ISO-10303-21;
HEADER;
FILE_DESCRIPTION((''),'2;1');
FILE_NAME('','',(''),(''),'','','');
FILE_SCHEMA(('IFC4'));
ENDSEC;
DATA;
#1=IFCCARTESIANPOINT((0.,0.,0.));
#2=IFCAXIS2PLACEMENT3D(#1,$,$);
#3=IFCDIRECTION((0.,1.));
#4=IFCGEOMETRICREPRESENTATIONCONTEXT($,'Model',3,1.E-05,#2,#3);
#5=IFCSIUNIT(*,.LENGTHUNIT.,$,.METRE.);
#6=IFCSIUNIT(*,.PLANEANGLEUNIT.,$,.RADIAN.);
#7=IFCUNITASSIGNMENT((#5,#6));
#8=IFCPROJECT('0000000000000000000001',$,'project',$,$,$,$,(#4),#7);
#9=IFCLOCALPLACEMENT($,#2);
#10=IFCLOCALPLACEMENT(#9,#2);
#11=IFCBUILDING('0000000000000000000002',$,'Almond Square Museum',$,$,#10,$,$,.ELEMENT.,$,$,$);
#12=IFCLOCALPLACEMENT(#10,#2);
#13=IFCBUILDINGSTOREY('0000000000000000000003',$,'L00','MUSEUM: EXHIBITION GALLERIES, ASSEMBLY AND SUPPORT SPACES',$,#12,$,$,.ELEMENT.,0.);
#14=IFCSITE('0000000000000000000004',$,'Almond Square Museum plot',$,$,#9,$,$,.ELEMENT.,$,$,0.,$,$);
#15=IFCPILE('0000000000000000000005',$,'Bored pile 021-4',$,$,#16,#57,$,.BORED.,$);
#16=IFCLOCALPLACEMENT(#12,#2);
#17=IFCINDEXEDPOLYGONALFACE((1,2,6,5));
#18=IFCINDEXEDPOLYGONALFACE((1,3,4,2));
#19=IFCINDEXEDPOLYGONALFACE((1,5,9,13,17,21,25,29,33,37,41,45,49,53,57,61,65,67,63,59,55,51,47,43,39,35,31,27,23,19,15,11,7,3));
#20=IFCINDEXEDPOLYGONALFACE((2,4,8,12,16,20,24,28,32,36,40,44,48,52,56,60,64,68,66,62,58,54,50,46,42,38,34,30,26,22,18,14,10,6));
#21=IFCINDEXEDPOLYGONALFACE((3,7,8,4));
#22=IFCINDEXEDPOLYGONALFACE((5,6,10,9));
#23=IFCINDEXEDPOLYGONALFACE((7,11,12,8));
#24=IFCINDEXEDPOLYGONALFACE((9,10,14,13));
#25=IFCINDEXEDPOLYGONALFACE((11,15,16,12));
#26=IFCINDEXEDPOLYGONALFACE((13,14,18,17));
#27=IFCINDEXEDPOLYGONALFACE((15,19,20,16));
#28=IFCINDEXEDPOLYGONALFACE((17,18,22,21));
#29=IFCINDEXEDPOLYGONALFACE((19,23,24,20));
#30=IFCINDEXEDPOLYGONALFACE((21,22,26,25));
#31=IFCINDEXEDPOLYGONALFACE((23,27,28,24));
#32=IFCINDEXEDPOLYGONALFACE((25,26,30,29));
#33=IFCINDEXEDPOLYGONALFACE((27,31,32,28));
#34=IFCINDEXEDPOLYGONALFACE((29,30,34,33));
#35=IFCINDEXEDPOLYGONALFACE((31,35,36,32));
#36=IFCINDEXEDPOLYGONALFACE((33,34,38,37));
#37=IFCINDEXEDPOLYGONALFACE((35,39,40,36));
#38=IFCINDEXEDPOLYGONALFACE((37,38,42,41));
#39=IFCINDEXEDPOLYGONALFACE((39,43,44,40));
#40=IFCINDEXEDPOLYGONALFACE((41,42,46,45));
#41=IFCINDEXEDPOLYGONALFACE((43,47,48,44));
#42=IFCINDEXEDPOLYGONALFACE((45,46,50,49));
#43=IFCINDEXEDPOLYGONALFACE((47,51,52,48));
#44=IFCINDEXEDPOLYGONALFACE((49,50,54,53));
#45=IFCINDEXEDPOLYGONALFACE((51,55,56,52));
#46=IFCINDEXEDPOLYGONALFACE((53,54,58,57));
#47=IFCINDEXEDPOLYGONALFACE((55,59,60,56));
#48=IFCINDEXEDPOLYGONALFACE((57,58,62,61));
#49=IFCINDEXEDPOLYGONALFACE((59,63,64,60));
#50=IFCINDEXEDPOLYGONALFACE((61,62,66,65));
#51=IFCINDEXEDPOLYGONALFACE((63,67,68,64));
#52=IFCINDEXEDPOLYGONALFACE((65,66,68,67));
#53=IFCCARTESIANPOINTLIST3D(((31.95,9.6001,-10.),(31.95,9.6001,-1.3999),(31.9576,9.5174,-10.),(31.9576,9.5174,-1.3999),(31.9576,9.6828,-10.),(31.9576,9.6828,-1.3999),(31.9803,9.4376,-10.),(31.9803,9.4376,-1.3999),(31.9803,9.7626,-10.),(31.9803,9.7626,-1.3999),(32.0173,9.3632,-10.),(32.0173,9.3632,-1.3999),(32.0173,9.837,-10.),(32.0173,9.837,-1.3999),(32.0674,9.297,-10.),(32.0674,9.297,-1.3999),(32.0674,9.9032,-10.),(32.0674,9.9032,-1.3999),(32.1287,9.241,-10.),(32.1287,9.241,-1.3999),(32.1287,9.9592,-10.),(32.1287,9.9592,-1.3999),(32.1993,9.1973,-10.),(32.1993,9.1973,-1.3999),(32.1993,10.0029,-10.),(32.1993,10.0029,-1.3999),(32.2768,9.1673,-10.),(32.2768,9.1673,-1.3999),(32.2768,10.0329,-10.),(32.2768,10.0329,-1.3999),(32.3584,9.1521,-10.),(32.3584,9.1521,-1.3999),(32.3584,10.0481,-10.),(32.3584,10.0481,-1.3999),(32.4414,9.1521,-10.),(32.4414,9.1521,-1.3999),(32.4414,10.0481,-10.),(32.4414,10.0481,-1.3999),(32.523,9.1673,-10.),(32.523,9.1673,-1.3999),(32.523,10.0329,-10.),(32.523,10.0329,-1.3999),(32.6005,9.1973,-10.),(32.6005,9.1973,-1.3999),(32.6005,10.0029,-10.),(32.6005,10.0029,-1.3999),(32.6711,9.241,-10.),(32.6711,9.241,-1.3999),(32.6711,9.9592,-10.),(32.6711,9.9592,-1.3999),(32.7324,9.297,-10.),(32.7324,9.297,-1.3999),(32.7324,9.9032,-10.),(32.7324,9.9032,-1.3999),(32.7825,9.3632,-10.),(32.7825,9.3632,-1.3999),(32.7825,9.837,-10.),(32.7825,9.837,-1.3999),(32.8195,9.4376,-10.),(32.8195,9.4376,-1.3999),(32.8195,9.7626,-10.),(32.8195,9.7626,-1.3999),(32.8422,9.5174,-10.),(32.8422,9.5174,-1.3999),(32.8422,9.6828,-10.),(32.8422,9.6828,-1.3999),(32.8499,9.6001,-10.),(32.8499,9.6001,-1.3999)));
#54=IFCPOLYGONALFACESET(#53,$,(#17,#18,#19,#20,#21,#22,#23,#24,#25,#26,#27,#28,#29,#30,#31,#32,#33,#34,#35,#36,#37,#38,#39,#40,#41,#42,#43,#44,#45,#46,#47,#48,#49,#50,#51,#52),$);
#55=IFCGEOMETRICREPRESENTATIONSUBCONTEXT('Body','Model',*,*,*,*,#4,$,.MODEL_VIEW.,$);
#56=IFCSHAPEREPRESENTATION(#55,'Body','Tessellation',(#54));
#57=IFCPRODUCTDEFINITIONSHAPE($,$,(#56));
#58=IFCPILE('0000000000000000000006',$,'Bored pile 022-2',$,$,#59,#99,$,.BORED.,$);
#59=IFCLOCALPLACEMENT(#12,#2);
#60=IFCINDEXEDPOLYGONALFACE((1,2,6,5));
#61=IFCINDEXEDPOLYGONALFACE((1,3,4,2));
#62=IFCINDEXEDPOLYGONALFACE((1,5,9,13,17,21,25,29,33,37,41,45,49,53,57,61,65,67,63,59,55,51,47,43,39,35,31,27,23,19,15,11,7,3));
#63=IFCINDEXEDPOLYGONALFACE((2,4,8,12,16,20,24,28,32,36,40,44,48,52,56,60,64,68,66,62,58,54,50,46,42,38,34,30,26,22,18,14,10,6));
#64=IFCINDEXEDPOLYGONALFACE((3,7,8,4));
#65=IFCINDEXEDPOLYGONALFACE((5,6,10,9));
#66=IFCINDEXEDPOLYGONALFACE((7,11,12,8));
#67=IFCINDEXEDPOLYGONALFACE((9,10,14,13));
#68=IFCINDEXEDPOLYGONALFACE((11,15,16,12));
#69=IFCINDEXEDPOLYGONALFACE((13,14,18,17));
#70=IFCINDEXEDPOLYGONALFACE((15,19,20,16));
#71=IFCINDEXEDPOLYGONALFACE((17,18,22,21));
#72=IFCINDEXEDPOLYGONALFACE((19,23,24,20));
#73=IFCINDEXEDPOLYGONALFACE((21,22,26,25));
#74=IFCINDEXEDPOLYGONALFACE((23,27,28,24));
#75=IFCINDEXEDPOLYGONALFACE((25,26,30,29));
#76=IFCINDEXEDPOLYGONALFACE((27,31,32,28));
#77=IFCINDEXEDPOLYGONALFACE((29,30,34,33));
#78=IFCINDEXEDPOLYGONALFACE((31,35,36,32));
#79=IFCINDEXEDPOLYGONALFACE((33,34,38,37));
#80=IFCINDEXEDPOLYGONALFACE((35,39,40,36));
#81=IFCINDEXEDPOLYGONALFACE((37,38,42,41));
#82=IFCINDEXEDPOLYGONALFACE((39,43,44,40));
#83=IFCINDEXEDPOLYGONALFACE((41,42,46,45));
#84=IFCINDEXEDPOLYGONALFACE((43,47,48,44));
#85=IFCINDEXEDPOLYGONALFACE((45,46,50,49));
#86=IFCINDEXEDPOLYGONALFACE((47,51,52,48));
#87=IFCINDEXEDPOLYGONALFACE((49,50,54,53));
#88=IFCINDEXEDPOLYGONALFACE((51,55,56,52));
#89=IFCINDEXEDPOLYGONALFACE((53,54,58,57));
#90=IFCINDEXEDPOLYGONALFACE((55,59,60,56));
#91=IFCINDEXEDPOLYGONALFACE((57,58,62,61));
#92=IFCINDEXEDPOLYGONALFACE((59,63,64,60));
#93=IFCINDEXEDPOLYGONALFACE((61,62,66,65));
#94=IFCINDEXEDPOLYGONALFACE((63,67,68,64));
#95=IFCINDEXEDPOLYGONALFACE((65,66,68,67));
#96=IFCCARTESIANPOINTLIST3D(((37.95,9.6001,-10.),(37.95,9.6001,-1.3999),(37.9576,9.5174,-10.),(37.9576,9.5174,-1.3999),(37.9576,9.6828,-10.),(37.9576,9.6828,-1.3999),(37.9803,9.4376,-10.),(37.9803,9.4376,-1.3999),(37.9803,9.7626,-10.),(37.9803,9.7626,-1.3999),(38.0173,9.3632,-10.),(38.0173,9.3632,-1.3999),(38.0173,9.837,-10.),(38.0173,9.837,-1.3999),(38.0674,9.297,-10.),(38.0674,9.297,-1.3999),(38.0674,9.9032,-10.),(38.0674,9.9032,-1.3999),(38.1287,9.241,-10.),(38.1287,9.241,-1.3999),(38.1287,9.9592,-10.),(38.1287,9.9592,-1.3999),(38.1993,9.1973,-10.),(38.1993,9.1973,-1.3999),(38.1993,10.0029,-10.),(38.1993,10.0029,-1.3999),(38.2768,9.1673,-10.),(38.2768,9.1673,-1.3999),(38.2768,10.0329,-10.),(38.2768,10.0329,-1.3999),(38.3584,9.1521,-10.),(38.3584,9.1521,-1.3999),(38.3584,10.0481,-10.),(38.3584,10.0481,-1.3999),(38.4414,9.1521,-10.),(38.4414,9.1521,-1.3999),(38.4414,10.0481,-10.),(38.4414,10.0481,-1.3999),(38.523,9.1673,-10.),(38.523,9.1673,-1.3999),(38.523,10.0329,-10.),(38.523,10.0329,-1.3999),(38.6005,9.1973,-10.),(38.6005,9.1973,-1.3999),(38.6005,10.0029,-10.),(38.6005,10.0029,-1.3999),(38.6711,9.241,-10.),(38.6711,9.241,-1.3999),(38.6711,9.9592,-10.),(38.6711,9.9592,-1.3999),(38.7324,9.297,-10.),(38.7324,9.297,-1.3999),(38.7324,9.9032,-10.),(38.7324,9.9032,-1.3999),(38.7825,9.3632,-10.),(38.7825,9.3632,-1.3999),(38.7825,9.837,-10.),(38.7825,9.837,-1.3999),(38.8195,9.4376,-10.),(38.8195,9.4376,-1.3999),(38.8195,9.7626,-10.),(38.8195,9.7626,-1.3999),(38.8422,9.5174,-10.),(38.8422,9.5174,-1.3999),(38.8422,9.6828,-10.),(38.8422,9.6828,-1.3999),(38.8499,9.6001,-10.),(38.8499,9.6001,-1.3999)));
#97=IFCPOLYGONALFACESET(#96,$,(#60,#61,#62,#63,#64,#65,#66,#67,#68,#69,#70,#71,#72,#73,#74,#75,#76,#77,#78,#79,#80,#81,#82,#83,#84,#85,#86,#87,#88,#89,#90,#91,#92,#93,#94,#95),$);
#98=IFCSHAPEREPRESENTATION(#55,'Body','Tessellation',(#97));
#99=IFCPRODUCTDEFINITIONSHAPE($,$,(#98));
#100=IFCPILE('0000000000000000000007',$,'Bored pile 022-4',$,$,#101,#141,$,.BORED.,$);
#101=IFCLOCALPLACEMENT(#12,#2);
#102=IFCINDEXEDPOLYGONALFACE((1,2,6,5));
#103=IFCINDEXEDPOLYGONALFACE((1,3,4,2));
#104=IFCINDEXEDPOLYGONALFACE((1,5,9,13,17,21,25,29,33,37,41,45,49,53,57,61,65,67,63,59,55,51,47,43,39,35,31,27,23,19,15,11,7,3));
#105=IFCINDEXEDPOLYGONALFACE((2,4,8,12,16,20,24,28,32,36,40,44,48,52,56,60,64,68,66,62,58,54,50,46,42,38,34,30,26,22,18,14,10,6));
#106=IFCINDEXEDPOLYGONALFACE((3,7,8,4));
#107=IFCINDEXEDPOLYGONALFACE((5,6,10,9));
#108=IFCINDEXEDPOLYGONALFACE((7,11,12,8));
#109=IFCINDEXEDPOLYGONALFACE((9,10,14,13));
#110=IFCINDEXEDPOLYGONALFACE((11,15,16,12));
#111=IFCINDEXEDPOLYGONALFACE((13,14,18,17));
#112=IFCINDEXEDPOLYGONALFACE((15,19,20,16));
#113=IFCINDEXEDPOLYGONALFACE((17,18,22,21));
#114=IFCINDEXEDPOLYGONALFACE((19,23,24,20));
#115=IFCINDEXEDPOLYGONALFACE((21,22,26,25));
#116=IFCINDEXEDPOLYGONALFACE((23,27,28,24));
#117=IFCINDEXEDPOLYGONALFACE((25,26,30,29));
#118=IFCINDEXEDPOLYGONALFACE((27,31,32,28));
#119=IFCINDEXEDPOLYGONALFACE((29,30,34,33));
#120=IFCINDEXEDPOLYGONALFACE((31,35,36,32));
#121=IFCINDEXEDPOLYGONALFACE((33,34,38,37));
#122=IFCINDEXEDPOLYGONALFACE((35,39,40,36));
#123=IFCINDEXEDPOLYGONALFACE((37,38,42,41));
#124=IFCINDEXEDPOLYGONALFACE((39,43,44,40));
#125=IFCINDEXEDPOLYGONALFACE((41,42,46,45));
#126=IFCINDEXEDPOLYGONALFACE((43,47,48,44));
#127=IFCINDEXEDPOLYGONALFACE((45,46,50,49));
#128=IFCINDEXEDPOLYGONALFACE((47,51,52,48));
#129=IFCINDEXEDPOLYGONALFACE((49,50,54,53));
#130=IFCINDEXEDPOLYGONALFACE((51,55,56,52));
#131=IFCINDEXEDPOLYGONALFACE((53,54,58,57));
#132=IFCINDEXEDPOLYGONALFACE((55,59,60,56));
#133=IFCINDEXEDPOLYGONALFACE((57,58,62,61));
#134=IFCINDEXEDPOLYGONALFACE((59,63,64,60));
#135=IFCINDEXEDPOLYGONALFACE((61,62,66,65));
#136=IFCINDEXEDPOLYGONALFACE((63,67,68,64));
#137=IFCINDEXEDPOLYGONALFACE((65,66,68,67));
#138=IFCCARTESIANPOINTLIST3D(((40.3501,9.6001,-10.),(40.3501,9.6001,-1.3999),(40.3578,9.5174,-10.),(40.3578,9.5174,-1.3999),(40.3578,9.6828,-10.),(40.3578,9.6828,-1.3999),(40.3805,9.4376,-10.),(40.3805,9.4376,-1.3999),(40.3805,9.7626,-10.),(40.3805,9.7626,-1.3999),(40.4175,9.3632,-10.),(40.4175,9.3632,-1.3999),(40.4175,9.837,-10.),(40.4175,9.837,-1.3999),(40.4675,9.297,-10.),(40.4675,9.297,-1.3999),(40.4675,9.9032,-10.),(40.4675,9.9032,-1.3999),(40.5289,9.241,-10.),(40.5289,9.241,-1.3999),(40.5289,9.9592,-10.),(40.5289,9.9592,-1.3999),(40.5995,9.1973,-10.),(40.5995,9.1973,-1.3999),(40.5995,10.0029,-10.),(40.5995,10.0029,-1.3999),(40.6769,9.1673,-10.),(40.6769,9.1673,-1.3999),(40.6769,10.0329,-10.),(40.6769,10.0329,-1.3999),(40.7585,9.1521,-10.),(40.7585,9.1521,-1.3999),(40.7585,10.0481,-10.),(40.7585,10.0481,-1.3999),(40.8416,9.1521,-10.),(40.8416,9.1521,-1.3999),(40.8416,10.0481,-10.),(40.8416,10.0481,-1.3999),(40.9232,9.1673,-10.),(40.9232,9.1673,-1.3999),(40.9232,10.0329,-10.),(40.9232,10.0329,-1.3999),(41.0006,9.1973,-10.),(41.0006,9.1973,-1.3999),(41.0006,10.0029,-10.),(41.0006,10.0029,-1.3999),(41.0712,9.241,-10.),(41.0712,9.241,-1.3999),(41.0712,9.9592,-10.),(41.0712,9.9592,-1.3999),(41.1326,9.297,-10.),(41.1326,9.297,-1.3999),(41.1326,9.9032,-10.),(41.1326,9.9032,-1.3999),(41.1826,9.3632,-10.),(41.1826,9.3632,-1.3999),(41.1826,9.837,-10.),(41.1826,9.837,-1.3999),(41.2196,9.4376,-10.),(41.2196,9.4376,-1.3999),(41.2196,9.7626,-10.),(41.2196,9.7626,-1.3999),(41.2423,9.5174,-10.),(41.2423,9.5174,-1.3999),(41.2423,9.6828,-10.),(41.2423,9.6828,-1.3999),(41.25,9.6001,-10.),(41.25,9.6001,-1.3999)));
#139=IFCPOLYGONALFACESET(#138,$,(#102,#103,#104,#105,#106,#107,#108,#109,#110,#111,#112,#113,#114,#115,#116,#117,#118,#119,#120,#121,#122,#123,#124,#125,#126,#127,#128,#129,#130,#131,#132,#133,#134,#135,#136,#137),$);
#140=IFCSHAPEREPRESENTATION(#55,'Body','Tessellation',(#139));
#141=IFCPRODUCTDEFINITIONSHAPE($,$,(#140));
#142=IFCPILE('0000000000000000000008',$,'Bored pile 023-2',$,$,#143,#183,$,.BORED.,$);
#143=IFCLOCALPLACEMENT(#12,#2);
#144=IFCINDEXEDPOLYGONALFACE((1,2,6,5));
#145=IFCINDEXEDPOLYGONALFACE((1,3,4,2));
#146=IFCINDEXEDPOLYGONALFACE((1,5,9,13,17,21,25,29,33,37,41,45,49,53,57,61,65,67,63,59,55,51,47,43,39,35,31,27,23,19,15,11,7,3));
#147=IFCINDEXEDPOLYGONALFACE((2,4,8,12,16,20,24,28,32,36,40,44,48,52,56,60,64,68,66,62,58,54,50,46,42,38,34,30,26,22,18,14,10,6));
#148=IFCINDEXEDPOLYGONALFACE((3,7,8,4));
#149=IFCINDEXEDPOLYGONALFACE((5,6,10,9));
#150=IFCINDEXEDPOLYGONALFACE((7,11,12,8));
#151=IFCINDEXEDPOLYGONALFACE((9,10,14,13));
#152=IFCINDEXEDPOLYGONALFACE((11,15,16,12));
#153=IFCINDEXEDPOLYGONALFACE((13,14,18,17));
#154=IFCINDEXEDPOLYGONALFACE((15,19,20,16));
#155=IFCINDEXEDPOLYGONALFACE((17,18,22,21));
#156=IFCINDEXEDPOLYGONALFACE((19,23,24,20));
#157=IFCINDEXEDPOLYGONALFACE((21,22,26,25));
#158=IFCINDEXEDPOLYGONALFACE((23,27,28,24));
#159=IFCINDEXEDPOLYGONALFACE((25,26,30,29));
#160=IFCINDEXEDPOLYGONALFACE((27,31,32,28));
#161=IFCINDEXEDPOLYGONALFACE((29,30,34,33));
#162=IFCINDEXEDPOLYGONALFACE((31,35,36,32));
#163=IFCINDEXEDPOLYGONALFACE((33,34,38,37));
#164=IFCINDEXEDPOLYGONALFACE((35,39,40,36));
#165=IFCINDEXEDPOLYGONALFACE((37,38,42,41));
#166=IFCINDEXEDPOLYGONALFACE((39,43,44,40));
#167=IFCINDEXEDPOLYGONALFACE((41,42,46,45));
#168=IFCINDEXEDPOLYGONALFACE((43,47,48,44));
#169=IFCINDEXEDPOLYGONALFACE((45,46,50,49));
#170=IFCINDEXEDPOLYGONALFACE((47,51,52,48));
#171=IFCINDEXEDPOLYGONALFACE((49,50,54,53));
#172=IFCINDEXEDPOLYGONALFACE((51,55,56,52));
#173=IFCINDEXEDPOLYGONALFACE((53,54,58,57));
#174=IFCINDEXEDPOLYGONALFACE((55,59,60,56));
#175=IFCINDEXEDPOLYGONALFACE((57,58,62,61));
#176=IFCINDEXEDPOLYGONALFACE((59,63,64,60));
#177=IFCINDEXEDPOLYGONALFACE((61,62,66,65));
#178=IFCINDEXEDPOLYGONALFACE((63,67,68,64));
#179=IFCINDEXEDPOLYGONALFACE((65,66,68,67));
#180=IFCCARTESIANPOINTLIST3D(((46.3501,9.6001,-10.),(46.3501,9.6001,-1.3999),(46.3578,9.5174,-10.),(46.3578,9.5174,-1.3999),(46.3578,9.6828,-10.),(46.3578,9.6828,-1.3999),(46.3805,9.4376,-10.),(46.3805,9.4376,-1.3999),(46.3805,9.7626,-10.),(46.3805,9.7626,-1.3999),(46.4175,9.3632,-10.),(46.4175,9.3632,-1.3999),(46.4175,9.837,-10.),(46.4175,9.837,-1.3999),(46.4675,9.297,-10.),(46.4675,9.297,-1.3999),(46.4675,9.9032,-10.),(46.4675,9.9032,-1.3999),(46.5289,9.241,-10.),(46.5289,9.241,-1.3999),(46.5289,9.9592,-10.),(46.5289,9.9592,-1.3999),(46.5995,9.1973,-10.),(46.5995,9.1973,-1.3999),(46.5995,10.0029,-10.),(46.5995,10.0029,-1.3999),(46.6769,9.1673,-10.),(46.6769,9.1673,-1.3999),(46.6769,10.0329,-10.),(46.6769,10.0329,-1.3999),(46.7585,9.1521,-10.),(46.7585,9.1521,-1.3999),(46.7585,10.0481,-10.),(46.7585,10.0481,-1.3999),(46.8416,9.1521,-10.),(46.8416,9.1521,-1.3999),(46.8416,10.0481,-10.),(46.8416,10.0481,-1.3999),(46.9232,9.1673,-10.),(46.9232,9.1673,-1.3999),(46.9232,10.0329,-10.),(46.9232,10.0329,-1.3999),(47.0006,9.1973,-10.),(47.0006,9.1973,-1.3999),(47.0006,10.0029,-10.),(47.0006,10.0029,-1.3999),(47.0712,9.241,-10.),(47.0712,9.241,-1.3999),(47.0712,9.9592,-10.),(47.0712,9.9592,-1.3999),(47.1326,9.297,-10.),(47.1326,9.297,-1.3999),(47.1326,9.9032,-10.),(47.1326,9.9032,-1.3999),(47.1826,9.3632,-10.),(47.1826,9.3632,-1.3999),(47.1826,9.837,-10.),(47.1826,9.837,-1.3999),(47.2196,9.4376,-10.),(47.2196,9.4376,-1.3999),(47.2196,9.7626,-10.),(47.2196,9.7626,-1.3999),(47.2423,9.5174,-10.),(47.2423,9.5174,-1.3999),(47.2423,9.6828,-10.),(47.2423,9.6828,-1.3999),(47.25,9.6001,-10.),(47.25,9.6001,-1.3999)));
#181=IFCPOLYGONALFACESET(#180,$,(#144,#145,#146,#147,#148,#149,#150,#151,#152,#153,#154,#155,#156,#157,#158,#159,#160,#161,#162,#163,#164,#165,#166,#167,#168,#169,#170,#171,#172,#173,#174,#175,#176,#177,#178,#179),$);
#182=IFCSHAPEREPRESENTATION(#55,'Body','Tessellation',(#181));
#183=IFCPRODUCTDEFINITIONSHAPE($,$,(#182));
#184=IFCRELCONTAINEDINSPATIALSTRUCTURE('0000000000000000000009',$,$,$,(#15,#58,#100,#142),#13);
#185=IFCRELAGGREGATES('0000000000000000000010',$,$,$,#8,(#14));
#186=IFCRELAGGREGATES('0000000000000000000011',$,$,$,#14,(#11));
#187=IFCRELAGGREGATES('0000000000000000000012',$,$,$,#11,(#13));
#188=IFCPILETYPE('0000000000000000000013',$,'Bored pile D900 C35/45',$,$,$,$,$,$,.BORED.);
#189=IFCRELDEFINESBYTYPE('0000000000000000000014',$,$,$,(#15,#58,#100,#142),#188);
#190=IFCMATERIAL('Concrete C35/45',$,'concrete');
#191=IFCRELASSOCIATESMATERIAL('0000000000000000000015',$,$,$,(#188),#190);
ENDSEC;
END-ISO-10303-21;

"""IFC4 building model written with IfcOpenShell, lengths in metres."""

from ifc_helpers import new_model, si_unit, direction, frame, origin, origin_2d, place, context, subcontext, project, spatial, circle, extrude, material, material_profile, profile_set, type_object, element, save


model = new_model("IFC4")

# Units and contexts
model_context = context("Model", 3, precision=1e-05, world=origin(), true_north=direction((0.0, 1.0)))
body_context = subcontext(model_context, "Body", "Model", "MODEL_VIEW")
ifc_project = project(units=[si_unit("LENGTHUNIT", "METRE"), si_unit("PLANEANGLEUNIT", "RADIAN")], contexts=[model_context])

# Site, building, storey
site_placement = place(None, origin())
site = spatial("IfcSite", under=ifc_project, at=site_placement, Name="Almond Square Museum plot", CompositionType="ELEMENT", RefElevation=0.0)
building_placement = place(site_placement, origin())
building = spatial("IfcBuilding", under=site, at=building_placement, Name="Almond Square Museum", CompositionType="ELEMENT")
storey_placement = place(building_placement, origin())
storey = spatial("IfcBuildingStorey", under=building, at=storey_placement, Name="L00", Description="MUSEUM: EXHIBITION GALLERIES, ASSEMBLY AND SUPPORT SPACES", CompositionType="ELEMENT", Elevation=0.0)

# Piles
ifc_material_1 = material(Name="Concrete C35/45", Category="concrete")
ifc_material_profile_1 = material_profile(ifc_material_1, circle(Radius=0.45, at=origin_2d()))
ifc_profile_set_1 = profile_set([ifc_material_profile_1], Name="Concrete C35/45")
pile_type = type_object("IfcPileType", Name="Bored pile D900 C35/45", PredefinedType="BORED", material=ifc_profile_set_1)
for number, where, z_axis, x_axis, name in (
    (1, (32.3999, 9.6001, -1.3999), (0.0, 0.0, -1.0), (1.0, 0.0, 0.0), "Bored pile 021-4"),
    (2, (38.3999, 9.6001, -1.3999), (0.0, 0.0, -1.0), (1.0, 0.0, 0.0), "Bored pile 022-2"),
    (3, (40.8, 9.6001, -1.3999), (0.0, 0.0, -1.0), (1.0, 0.0, 0.0), "Bored pile 022-4"),
    (4, (46.8, 9.6001, -1.3999), (0.0, 0.0, -1.0), (1.0, 0.0, 0.0), "Bored pile 023-2"),
):
    element("IfcPile", number, at=place(storey_placement, frame(where, z_axis=z_axis, x_axis=x_axis)), inside=storey, type_object=pile_type, Name=name, PredefinedType="BORED", context=body_context, shape_type="SweptSolid", body=[
        extrude(circle(Radius=0.45, at=origin_2d()), origin(), (0.0, 0.0, 1.0), 8.6001),
    ])

save(model, "model.ifc")
